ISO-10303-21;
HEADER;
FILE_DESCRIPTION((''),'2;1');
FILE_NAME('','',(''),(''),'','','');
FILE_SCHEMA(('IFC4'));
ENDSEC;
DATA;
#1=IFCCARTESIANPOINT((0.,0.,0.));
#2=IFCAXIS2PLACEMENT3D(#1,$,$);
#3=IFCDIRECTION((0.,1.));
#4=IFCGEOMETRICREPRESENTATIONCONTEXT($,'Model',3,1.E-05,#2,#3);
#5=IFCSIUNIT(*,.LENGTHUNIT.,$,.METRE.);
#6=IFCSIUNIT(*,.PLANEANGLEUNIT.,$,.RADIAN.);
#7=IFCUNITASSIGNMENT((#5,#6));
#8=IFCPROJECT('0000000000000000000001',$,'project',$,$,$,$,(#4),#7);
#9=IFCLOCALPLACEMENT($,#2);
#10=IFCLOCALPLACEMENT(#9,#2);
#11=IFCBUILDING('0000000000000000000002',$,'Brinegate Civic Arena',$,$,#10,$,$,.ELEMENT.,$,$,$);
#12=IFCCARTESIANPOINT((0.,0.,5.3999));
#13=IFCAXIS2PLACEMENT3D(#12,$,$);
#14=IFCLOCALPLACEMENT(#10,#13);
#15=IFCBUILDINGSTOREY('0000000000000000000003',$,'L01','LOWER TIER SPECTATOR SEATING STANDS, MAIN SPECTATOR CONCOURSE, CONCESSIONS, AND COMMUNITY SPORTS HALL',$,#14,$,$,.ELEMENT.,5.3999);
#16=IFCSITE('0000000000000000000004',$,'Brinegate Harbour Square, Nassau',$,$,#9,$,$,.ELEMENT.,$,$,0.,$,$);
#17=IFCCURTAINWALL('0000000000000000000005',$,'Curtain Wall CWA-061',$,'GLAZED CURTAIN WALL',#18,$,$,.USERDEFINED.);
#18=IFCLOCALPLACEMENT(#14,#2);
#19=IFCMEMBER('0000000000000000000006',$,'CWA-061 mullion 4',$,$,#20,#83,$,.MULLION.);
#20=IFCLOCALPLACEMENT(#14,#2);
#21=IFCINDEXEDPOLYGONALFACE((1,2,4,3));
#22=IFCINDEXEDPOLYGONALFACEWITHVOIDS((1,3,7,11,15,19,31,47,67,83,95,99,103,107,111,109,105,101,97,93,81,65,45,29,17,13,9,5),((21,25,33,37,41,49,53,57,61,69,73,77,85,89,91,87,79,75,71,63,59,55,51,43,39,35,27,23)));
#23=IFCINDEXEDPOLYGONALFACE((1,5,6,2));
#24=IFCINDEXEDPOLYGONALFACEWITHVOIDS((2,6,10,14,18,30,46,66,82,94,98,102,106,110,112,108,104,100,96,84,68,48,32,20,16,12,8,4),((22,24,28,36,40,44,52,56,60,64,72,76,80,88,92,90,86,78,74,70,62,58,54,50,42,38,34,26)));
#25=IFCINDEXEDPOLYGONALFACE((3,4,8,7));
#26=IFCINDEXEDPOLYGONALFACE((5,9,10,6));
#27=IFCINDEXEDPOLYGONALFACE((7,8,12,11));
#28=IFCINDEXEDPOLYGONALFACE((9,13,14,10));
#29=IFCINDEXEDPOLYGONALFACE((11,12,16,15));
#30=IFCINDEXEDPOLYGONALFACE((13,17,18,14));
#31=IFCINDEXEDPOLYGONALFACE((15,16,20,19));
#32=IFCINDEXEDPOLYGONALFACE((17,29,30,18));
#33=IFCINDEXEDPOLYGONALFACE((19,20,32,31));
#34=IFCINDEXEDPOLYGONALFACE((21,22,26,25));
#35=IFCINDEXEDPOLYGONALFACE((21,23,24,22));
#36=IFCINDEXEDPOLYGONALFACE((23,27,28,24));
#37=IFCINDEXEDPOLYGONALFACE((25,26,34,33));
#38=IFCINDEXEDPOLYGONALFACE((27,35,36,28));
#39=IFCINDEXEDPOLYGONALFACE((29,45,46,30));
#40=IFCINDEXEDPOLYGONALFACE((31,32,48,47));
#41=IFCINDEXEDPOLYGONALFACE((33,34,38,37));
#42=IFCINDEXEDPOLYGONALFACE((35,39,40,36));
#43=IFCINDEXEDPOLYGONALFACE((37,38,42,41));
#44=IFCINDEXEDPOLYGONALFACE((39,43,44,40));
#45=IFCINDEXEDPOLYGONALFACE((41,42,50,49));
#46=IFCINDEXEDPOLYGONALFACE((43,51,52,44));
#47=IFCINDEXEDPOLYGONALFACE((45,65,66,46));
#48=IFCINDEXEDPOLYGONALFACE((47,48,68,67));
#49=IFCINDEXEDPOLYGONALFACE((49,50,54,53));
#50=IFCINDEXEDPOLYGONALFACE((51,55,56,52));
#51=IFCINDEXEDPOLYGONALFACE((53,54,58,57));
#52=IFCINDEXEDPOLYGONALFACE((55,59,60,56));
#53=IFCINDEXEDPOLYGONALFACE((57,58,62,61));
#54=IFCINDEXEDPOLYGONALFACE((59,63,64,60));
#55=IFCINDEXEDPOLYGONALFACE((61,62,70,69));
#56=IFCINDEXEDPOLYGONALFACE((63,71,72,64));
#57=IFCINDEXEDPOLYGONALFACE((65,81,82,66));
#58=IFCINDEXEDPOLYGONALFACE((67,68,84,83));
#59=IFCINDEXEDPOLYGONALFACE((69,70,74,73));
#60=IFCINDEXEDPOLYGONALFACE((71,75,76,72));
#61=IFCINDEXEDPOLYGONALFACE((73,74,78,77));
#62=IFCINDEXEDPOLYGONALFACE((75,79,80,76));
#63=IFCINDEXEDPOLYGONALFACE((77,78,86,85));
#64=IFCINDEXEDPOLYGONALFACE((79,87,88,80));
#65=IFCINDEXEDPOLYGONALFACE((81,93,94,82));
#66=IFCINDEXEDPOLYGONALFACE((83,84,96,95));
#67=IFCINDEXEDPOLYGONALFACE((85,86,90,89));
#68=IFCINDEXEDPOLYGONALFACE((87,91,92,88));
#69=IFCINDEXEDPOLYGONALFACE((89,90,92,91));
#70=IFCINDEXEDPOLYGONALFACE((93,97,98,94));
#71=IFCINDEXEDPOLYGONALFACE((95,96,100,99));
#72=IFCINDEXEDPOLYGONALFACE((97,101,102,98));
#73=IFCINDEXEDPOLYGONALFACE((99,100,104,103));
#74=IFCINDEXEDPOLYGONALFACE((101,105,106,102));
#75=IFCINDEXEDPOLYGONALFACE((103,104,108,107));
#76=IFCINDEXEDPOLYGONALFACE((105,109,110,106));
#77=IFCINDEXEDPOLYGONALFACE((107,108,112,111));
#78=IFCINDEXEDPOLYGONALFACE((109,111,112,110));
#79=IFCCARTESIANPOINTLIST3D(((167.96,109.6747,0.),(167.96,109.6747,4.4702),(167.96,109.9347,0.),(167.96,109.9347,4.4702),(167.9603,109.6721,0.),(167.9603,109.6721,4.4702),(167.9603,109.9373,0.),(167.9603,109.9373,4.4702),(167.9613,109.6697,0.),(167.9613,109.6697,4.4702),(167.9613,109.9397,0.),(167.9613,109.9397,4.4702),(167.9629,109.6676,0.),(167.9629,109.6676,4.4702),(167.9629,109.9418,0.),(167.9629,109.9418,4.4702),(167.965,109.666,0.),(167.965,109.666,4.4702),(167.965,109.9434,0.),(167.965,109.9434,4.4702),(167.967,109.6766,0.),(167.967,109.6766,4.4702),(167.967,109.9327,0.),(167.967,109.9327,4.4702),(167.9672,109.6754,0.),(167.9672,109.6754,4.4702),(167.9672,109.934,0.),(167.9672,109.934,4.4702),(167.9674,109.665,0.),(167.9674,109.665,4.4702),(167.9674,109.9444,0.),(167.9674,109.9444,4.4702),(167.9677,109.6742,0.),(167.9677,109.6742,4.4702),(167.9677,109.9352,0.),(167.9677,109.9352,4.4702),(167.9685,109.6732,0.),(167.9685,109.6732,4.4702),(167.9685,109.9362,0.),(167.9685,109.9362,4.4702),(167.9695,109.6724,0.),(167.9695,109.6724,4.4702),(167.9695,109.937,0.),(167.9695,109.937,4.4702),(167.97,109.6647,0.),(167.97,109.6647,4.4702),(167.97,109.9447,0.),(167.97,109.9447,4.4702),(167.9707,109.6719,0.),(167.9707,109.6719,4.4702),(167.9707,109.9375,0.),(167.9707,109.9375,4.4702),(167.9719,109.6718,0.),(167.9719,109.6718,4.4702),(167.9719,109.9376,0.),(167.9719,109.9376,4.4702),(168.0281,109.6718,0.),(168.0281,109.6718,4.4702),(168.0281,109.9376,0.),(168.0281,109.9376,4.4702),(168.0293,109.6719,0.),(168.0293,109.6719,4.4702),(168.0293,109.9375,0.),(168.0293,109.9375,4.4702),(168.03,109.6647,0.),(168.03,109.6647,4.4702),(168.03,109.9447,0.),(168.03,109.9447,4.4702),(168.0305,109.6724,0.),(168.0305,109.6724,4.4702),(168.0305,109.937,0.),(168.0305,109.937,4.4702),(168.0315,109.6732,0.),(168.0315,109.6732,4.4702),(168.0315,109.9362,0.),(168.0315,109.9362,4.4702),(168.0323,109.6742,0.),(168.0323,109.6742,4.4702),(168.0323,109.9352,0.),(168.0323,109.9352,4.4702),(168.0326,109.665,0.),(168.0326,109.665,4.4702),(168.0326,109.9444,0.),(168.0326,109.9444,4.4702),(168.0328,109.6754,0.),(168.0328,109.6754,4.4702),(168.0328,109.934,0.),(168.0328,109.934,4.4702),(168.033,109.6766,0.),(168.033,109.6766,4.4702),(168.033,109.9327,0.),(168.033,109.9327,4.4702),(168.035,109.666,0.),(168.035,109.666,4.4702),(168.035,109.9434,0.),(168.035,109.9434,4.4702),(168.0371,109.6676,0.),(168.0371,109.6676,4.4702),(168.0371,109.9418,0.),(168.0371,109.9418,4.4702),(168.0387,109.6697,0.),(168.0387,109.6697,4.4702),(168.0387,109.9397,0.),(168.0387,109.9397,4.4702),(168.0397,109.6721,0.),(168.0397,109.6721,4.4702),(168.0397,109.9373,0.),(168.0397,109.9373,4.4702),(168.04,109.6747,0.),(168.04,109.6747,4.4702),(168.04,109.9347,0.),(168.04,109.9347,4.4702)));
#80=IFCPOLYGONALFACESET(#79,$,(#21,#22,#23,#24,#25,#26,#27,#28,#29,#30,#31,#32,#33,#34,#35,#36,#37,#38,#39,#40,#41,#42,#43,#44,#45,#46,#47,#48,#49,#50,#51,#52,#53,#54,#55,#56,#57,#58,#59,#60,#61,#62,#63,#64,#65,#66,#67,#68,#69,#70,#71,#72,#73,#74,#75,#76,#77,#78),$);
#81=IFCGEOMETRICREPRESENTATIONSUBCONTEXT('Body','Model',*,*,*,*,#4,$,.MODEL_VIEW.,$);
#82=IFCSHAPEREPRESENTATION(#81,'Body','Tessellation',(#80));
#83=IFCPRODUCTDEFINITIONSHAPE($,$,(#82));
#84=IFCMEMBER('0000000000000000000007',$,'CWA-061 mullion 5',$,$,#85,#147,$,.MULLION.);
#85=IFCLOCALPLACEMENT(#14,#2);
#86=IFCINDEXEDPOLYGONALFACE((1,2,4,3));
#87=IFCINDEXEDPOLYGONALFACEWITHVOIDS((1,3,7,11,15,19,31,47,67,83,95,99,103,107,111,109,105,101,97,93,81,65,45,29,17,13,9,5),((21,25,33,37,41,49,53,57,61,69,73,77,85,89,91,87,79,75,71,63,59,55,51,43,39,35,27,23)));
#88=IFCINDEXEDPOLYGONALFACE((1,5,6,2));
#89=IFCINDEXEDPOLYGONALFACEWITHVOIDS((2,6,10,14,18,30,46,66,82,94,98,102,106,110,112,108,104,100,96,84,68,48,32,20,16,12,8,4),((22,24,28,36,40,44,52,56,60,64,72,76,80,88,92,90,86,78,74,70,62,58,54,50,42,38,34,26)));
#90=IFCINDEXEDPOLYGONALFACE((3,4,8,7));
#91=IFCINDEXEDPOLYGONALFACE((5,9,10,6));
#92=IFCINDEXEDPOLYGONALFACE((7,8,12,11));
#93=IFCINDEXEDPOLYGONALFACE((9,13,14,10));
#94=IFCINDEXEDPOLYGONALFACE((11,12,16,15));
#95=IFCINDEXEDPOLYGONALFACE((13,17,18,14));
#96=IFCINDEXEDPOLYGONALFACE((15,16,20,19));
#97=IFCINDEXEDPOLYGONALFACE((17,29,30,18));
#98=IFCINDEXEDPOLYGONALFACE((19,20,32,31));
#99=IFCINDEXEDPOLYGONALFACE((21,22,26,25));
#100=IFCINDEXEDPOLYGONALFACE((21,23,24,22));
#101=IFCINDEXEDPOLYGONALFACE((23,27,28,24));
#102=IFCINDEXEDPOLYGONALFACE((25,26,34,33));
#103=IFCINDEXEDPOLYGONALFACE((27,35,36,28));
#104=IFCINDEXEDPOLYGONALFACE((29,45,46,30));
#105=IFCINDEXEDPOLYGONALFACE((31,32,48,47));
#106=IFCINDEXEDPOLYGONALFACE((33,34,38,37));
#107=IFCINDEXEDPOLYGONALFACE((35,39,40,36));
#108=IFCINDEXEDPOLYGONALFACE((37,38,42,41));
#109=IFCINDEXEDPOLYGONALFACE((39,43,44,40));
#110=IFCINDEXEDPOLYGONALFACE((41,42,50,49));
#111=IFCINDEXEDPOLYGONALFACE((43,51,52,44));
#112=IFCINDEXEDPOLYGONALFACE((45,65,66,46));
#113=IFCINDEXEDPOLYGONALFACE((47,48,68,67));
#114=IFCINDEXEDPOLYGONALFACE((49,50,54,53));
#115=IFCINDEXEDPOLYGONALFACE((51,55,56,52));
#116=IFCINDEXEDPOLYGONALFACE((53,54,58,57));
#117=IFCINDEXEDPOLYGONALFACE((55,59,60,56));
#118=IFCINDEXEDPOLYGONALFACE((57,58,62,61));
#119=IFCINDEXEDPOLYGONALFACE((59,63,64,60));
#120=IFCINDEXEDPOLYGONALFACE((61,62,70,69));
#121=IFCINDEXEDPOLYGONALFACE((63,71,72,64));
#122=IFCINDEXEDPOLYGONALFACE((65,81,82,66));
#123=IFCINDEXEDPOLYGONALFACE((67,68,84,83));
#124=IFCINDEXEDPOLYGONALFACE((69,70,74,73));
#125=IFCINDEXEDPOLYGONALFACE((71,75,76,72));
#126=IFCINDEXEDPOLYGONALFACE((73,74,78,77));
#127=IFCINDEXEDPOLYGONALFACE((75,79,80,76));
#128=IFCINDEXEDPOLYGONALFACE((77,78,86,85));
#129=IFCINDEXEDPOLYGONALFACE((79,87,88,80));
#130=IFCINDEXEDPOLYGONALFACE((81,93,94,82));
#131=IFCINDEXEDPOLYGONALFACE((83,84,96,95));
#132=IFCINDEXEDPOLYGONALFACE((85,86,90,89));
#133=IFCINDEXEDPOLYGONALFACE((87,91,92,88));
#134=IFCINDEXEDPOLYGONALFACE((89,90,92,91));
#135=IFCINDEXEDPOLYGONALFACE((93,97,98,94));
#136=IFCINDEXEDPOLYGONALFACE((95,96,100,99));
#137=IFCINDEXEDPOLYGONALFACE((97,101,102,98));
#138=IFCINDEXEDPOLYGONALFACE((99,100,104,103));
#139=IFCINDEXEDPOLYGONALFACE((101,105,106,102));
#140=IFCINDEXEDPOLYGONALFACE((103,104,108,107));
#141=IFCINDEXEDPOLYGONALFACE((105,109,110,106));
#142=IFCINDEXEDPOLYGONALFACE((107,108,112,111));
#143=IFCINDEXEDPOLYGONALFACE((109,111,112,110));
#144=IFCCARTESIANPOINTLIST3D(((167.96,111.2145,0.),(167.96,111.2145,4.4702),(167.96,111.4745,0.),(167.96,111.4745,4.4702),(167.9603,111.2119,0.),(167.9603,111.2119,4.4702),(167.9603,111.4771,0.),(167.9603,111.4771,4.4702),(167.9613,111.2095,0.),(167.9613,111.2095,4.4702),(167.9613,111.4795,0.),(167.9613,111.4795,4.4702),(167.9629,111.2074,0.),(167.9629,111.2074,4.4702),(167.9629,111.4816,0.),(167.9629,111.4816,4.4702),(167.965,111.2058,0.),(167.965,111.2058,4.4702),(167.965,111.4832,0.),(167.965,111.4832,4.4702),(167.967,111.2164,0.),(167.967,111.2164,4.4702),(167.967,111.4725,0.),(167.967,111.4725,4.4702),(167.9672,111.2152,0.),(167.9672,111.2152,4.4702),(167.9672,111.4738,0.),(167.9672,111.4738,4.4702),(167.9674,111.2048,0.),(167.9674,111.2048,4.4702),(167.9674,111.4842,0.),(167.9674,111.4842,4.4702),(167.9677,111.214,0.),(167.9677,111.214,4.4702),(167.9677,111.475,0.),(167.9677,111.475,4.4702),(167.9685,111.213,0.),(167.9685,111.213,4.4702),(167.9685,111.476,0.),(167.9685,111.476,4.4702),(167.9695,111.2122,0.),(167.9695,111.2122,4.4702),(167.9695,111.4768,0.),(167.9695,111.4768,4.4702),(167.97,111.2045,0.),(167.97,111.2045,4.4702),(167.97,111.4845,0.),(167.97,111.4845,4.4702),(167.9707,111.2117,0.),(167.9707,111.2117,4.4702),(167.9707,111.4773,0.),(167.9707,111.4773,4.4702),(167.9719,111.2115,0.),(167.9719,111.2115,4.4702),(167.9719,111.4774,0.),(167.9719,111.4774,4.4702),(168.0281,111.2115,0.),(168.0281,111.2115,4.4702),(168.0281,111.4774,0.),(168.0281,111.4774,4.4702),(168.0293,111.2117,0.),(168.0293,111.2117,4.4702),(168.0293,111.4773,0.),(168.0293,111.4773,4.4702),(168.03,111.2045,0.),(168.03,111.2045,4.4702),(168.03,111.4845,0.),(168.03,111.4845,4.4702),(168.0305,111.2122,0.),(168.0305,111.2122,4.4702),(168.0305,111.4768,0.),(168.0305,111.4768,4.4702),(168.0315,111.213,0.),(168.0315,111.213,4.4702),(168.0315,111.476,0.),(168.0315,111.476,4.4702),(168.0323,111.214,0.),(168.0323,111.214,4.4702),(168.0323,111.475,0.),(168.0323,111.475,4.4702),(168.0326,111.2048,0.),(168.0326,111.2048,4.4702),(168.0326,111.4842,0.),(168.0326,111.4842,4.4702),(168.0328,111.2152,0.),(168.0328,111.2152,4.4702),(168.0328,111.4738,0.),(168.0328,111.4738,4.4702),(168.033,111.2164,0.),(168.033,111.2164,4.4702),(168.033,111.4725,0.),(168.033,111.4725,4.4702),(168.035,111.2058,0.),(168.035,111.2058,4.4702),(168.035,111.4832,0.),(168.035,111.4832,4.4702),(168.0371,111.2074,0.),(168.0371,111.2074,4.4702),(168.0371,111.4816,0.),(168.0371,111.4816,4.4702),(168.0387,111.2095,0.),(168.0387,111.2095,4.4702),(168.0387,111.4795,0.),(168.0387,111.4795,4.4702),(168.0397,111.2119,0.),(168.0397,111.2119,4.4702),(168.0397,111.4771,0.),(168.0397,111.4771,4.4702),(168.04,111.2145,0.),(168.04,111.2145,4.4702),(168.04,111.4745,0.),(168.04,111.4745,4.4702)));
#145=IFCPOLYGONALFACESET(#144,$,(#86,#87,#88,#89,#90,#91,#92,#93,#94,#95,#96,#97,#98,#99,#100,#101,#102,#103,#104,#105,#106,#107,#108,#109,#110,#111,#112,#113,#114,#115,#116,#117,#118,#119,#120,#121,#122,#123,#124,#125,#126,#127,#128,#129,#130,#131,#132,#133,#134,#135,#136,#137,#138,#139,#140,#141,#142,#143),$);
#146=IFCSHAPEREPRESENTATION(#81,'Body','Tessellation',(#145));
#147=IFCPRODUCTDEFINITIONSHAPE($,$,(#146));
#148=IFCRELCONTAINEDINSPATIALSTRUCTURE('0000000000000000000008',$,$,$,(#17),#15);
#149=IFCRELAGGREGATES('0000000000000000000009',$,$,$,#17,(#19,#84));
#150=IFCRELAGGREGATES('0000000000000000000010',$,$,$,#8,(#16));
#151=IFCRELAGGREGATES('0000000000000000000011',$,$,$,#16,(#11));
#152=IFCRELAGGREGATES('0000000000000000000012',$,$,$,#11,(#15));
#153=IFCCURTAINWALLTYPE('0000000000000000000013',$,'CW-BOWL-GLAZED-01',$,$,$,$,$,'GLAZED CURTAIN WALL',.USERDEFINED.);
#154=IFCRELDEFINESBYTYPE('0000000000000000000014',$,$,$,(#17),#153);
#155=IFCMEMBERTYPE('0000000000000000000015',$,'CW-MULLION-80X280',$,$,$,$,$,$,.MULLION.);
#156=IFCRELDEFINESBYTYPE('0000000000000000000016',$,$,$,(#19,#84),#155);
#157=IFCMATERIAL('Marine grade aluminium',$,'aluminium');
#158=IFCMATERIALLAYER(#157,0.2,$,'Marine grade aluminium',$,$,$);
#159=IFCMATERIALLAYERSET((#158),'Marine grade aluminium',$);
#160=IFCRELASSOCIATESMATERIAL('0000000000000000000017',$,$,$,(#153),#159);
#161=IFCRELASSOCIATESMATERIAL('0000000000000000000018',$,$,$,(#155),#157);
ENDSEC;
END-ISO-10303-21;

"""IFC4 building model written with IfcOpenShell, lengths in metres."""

from ifc_helpers import new_model, si_unit, direction, frame, origin, origin_2d, place, context, subcontext, project, spatial, hollow_rectangle, extrude, material, layer, layer_set, material_profile, profile_set, type_object, element, aggregate, save


model = new_model("IFC4")

# Units and contexts
model_context = context("Model", 3, precision=1e-05, world=origin(), true_north=direction((0.0, 1.0)))
body_context = subcontext(model_context, "Body", "Model", "MODEL_VIEW")
ifc_project = project(units=[si_unit("LENGTHUNIT", "METRE"), si_unit("PLANEANGLEUNIT", "RADIAN")], contexts=[model_context])

# Site, building, storey
site_placement = place(None, origin())
site = spatial("IfcSite", under=ifc_project, at=site_placement, Name="Brinegate Harbour Square, Nassau", CompositionType="ELEMENT", RefElevation=0.0)
building_placement = place(site_placement, origin())
building = spatial("IfcBuilding", under=site, at=building_placement, Name="Brinegate Civic Arena", CompositionType="ELEMENT")
storey_placement = place(building_placement, frame((0.0, 0.0, 5.3999)))
storey = spatial("IfcBuildingStorey", under=building, at=storey_placement, Name="L01", Description="LOWER TIER SPECTATOR SEATING STANDS, MAIN SPECTATOR CONCOURSE, CONCESSIONS, AND COMMUNITY SPORTS HALL", CompositionType="ELEMENT", Elevation=5.3999)

# Curtain wall, members
ifc_material_1 = material(Name="Marine grade aluminium", Category="aluminium")
ifc_layer_1 = layer(ifc_material_1, 0.2, Name="Marine grade aluminium")
ifc_layer_set_1 = layer_set([ifc_layer_1], Name="Marine grade aluminium")
curtain_wall_type_1 = type_object("IfcCurtainWallType", Name="CW-BOWL-GLAZED-01", ElementType="GLAZED CURTAIN WALL", PredefinedType="USERDEFINED", material=ifc_layer_set_1)
curtain_wall_1_placement = place(storey_placement, origin())
curtain_wall_1 = element("IfcCurtainWall", 1, at=curtain_wall_1_placement, inside=storey, type_object=curtain_wall_type_1, Name="Curtain Wall CWA-061", ObjectType="GLAZED CURTAIN WALL", PredefinedType="USERDEFINED")
ifc_material_profile_1 = material_profile(ifc_material_1, hollow_rectangle(XDim=0.0801, YDim=0.28, WallThickness=0.0071, InnerFilletRadius=0.0049, OuterFilletRadius=0.01, at=origin_2d()), Name="MUL80X280")
ifc_profile_set_1 = profile_set([ifc_material_profile_1], Name="Marine grade aluminium")
member_type_1 = type_object("IfcMemberType", Name="CW-MULLION-80X280", PredefinedType="MULLION", material=ifc_profile_set_1)
member_1_placement = place(storey_placement, frame((168.0, 109.8047, 0.0), z_axis=(0.0, 0.0, 1.0), x_axis=(-1.0, 0.0, 0.0)))
member_1 = element("IfcMember", 2, at=member_1_placement, type_object=member_type_1, Name="CWA-061 mullion 4", PredefinedType="MULLION", context=body_context, shape_type="SweptSolid", body=[
    extrude(hollow_rectangle(XDim=0.0801, YDim=0.28, WallThickness=0.0071, InnerFilletRadius=0.0049, OuterFilletRadius=0.01, at=origin_2d()), origin(), (0.0, 0.0, 1.0), 4.4702),
])
member_2_placement = place(storey_placement, frame((168.0, 111.3445, 0.0), z_axis=(0.0, 0.0, 1.0), x_axis=(-1.0, 0.0, 0.0)))
member_2 = element("IfcMember", 3, at=member_2_placement, type_object=member_type_1, Name="CWA-061 mullion 5", PredefinedType="MULLION", context=body_context, shape_type="SweptSolid", body=[
    extrude(hollow_rectangle(XDim=0.0801, YDim=0.28, WallThickness=0.0071, InnerFilletRadius=0.0049, OuterFilletRadius=0.01, at=origin_2d()), origin(), (0.0, 0.0, 1.0), 4.4702),
])

aggregate(curtain_wall_1, [member_1, member_2])

save(model, "model.ifc")
